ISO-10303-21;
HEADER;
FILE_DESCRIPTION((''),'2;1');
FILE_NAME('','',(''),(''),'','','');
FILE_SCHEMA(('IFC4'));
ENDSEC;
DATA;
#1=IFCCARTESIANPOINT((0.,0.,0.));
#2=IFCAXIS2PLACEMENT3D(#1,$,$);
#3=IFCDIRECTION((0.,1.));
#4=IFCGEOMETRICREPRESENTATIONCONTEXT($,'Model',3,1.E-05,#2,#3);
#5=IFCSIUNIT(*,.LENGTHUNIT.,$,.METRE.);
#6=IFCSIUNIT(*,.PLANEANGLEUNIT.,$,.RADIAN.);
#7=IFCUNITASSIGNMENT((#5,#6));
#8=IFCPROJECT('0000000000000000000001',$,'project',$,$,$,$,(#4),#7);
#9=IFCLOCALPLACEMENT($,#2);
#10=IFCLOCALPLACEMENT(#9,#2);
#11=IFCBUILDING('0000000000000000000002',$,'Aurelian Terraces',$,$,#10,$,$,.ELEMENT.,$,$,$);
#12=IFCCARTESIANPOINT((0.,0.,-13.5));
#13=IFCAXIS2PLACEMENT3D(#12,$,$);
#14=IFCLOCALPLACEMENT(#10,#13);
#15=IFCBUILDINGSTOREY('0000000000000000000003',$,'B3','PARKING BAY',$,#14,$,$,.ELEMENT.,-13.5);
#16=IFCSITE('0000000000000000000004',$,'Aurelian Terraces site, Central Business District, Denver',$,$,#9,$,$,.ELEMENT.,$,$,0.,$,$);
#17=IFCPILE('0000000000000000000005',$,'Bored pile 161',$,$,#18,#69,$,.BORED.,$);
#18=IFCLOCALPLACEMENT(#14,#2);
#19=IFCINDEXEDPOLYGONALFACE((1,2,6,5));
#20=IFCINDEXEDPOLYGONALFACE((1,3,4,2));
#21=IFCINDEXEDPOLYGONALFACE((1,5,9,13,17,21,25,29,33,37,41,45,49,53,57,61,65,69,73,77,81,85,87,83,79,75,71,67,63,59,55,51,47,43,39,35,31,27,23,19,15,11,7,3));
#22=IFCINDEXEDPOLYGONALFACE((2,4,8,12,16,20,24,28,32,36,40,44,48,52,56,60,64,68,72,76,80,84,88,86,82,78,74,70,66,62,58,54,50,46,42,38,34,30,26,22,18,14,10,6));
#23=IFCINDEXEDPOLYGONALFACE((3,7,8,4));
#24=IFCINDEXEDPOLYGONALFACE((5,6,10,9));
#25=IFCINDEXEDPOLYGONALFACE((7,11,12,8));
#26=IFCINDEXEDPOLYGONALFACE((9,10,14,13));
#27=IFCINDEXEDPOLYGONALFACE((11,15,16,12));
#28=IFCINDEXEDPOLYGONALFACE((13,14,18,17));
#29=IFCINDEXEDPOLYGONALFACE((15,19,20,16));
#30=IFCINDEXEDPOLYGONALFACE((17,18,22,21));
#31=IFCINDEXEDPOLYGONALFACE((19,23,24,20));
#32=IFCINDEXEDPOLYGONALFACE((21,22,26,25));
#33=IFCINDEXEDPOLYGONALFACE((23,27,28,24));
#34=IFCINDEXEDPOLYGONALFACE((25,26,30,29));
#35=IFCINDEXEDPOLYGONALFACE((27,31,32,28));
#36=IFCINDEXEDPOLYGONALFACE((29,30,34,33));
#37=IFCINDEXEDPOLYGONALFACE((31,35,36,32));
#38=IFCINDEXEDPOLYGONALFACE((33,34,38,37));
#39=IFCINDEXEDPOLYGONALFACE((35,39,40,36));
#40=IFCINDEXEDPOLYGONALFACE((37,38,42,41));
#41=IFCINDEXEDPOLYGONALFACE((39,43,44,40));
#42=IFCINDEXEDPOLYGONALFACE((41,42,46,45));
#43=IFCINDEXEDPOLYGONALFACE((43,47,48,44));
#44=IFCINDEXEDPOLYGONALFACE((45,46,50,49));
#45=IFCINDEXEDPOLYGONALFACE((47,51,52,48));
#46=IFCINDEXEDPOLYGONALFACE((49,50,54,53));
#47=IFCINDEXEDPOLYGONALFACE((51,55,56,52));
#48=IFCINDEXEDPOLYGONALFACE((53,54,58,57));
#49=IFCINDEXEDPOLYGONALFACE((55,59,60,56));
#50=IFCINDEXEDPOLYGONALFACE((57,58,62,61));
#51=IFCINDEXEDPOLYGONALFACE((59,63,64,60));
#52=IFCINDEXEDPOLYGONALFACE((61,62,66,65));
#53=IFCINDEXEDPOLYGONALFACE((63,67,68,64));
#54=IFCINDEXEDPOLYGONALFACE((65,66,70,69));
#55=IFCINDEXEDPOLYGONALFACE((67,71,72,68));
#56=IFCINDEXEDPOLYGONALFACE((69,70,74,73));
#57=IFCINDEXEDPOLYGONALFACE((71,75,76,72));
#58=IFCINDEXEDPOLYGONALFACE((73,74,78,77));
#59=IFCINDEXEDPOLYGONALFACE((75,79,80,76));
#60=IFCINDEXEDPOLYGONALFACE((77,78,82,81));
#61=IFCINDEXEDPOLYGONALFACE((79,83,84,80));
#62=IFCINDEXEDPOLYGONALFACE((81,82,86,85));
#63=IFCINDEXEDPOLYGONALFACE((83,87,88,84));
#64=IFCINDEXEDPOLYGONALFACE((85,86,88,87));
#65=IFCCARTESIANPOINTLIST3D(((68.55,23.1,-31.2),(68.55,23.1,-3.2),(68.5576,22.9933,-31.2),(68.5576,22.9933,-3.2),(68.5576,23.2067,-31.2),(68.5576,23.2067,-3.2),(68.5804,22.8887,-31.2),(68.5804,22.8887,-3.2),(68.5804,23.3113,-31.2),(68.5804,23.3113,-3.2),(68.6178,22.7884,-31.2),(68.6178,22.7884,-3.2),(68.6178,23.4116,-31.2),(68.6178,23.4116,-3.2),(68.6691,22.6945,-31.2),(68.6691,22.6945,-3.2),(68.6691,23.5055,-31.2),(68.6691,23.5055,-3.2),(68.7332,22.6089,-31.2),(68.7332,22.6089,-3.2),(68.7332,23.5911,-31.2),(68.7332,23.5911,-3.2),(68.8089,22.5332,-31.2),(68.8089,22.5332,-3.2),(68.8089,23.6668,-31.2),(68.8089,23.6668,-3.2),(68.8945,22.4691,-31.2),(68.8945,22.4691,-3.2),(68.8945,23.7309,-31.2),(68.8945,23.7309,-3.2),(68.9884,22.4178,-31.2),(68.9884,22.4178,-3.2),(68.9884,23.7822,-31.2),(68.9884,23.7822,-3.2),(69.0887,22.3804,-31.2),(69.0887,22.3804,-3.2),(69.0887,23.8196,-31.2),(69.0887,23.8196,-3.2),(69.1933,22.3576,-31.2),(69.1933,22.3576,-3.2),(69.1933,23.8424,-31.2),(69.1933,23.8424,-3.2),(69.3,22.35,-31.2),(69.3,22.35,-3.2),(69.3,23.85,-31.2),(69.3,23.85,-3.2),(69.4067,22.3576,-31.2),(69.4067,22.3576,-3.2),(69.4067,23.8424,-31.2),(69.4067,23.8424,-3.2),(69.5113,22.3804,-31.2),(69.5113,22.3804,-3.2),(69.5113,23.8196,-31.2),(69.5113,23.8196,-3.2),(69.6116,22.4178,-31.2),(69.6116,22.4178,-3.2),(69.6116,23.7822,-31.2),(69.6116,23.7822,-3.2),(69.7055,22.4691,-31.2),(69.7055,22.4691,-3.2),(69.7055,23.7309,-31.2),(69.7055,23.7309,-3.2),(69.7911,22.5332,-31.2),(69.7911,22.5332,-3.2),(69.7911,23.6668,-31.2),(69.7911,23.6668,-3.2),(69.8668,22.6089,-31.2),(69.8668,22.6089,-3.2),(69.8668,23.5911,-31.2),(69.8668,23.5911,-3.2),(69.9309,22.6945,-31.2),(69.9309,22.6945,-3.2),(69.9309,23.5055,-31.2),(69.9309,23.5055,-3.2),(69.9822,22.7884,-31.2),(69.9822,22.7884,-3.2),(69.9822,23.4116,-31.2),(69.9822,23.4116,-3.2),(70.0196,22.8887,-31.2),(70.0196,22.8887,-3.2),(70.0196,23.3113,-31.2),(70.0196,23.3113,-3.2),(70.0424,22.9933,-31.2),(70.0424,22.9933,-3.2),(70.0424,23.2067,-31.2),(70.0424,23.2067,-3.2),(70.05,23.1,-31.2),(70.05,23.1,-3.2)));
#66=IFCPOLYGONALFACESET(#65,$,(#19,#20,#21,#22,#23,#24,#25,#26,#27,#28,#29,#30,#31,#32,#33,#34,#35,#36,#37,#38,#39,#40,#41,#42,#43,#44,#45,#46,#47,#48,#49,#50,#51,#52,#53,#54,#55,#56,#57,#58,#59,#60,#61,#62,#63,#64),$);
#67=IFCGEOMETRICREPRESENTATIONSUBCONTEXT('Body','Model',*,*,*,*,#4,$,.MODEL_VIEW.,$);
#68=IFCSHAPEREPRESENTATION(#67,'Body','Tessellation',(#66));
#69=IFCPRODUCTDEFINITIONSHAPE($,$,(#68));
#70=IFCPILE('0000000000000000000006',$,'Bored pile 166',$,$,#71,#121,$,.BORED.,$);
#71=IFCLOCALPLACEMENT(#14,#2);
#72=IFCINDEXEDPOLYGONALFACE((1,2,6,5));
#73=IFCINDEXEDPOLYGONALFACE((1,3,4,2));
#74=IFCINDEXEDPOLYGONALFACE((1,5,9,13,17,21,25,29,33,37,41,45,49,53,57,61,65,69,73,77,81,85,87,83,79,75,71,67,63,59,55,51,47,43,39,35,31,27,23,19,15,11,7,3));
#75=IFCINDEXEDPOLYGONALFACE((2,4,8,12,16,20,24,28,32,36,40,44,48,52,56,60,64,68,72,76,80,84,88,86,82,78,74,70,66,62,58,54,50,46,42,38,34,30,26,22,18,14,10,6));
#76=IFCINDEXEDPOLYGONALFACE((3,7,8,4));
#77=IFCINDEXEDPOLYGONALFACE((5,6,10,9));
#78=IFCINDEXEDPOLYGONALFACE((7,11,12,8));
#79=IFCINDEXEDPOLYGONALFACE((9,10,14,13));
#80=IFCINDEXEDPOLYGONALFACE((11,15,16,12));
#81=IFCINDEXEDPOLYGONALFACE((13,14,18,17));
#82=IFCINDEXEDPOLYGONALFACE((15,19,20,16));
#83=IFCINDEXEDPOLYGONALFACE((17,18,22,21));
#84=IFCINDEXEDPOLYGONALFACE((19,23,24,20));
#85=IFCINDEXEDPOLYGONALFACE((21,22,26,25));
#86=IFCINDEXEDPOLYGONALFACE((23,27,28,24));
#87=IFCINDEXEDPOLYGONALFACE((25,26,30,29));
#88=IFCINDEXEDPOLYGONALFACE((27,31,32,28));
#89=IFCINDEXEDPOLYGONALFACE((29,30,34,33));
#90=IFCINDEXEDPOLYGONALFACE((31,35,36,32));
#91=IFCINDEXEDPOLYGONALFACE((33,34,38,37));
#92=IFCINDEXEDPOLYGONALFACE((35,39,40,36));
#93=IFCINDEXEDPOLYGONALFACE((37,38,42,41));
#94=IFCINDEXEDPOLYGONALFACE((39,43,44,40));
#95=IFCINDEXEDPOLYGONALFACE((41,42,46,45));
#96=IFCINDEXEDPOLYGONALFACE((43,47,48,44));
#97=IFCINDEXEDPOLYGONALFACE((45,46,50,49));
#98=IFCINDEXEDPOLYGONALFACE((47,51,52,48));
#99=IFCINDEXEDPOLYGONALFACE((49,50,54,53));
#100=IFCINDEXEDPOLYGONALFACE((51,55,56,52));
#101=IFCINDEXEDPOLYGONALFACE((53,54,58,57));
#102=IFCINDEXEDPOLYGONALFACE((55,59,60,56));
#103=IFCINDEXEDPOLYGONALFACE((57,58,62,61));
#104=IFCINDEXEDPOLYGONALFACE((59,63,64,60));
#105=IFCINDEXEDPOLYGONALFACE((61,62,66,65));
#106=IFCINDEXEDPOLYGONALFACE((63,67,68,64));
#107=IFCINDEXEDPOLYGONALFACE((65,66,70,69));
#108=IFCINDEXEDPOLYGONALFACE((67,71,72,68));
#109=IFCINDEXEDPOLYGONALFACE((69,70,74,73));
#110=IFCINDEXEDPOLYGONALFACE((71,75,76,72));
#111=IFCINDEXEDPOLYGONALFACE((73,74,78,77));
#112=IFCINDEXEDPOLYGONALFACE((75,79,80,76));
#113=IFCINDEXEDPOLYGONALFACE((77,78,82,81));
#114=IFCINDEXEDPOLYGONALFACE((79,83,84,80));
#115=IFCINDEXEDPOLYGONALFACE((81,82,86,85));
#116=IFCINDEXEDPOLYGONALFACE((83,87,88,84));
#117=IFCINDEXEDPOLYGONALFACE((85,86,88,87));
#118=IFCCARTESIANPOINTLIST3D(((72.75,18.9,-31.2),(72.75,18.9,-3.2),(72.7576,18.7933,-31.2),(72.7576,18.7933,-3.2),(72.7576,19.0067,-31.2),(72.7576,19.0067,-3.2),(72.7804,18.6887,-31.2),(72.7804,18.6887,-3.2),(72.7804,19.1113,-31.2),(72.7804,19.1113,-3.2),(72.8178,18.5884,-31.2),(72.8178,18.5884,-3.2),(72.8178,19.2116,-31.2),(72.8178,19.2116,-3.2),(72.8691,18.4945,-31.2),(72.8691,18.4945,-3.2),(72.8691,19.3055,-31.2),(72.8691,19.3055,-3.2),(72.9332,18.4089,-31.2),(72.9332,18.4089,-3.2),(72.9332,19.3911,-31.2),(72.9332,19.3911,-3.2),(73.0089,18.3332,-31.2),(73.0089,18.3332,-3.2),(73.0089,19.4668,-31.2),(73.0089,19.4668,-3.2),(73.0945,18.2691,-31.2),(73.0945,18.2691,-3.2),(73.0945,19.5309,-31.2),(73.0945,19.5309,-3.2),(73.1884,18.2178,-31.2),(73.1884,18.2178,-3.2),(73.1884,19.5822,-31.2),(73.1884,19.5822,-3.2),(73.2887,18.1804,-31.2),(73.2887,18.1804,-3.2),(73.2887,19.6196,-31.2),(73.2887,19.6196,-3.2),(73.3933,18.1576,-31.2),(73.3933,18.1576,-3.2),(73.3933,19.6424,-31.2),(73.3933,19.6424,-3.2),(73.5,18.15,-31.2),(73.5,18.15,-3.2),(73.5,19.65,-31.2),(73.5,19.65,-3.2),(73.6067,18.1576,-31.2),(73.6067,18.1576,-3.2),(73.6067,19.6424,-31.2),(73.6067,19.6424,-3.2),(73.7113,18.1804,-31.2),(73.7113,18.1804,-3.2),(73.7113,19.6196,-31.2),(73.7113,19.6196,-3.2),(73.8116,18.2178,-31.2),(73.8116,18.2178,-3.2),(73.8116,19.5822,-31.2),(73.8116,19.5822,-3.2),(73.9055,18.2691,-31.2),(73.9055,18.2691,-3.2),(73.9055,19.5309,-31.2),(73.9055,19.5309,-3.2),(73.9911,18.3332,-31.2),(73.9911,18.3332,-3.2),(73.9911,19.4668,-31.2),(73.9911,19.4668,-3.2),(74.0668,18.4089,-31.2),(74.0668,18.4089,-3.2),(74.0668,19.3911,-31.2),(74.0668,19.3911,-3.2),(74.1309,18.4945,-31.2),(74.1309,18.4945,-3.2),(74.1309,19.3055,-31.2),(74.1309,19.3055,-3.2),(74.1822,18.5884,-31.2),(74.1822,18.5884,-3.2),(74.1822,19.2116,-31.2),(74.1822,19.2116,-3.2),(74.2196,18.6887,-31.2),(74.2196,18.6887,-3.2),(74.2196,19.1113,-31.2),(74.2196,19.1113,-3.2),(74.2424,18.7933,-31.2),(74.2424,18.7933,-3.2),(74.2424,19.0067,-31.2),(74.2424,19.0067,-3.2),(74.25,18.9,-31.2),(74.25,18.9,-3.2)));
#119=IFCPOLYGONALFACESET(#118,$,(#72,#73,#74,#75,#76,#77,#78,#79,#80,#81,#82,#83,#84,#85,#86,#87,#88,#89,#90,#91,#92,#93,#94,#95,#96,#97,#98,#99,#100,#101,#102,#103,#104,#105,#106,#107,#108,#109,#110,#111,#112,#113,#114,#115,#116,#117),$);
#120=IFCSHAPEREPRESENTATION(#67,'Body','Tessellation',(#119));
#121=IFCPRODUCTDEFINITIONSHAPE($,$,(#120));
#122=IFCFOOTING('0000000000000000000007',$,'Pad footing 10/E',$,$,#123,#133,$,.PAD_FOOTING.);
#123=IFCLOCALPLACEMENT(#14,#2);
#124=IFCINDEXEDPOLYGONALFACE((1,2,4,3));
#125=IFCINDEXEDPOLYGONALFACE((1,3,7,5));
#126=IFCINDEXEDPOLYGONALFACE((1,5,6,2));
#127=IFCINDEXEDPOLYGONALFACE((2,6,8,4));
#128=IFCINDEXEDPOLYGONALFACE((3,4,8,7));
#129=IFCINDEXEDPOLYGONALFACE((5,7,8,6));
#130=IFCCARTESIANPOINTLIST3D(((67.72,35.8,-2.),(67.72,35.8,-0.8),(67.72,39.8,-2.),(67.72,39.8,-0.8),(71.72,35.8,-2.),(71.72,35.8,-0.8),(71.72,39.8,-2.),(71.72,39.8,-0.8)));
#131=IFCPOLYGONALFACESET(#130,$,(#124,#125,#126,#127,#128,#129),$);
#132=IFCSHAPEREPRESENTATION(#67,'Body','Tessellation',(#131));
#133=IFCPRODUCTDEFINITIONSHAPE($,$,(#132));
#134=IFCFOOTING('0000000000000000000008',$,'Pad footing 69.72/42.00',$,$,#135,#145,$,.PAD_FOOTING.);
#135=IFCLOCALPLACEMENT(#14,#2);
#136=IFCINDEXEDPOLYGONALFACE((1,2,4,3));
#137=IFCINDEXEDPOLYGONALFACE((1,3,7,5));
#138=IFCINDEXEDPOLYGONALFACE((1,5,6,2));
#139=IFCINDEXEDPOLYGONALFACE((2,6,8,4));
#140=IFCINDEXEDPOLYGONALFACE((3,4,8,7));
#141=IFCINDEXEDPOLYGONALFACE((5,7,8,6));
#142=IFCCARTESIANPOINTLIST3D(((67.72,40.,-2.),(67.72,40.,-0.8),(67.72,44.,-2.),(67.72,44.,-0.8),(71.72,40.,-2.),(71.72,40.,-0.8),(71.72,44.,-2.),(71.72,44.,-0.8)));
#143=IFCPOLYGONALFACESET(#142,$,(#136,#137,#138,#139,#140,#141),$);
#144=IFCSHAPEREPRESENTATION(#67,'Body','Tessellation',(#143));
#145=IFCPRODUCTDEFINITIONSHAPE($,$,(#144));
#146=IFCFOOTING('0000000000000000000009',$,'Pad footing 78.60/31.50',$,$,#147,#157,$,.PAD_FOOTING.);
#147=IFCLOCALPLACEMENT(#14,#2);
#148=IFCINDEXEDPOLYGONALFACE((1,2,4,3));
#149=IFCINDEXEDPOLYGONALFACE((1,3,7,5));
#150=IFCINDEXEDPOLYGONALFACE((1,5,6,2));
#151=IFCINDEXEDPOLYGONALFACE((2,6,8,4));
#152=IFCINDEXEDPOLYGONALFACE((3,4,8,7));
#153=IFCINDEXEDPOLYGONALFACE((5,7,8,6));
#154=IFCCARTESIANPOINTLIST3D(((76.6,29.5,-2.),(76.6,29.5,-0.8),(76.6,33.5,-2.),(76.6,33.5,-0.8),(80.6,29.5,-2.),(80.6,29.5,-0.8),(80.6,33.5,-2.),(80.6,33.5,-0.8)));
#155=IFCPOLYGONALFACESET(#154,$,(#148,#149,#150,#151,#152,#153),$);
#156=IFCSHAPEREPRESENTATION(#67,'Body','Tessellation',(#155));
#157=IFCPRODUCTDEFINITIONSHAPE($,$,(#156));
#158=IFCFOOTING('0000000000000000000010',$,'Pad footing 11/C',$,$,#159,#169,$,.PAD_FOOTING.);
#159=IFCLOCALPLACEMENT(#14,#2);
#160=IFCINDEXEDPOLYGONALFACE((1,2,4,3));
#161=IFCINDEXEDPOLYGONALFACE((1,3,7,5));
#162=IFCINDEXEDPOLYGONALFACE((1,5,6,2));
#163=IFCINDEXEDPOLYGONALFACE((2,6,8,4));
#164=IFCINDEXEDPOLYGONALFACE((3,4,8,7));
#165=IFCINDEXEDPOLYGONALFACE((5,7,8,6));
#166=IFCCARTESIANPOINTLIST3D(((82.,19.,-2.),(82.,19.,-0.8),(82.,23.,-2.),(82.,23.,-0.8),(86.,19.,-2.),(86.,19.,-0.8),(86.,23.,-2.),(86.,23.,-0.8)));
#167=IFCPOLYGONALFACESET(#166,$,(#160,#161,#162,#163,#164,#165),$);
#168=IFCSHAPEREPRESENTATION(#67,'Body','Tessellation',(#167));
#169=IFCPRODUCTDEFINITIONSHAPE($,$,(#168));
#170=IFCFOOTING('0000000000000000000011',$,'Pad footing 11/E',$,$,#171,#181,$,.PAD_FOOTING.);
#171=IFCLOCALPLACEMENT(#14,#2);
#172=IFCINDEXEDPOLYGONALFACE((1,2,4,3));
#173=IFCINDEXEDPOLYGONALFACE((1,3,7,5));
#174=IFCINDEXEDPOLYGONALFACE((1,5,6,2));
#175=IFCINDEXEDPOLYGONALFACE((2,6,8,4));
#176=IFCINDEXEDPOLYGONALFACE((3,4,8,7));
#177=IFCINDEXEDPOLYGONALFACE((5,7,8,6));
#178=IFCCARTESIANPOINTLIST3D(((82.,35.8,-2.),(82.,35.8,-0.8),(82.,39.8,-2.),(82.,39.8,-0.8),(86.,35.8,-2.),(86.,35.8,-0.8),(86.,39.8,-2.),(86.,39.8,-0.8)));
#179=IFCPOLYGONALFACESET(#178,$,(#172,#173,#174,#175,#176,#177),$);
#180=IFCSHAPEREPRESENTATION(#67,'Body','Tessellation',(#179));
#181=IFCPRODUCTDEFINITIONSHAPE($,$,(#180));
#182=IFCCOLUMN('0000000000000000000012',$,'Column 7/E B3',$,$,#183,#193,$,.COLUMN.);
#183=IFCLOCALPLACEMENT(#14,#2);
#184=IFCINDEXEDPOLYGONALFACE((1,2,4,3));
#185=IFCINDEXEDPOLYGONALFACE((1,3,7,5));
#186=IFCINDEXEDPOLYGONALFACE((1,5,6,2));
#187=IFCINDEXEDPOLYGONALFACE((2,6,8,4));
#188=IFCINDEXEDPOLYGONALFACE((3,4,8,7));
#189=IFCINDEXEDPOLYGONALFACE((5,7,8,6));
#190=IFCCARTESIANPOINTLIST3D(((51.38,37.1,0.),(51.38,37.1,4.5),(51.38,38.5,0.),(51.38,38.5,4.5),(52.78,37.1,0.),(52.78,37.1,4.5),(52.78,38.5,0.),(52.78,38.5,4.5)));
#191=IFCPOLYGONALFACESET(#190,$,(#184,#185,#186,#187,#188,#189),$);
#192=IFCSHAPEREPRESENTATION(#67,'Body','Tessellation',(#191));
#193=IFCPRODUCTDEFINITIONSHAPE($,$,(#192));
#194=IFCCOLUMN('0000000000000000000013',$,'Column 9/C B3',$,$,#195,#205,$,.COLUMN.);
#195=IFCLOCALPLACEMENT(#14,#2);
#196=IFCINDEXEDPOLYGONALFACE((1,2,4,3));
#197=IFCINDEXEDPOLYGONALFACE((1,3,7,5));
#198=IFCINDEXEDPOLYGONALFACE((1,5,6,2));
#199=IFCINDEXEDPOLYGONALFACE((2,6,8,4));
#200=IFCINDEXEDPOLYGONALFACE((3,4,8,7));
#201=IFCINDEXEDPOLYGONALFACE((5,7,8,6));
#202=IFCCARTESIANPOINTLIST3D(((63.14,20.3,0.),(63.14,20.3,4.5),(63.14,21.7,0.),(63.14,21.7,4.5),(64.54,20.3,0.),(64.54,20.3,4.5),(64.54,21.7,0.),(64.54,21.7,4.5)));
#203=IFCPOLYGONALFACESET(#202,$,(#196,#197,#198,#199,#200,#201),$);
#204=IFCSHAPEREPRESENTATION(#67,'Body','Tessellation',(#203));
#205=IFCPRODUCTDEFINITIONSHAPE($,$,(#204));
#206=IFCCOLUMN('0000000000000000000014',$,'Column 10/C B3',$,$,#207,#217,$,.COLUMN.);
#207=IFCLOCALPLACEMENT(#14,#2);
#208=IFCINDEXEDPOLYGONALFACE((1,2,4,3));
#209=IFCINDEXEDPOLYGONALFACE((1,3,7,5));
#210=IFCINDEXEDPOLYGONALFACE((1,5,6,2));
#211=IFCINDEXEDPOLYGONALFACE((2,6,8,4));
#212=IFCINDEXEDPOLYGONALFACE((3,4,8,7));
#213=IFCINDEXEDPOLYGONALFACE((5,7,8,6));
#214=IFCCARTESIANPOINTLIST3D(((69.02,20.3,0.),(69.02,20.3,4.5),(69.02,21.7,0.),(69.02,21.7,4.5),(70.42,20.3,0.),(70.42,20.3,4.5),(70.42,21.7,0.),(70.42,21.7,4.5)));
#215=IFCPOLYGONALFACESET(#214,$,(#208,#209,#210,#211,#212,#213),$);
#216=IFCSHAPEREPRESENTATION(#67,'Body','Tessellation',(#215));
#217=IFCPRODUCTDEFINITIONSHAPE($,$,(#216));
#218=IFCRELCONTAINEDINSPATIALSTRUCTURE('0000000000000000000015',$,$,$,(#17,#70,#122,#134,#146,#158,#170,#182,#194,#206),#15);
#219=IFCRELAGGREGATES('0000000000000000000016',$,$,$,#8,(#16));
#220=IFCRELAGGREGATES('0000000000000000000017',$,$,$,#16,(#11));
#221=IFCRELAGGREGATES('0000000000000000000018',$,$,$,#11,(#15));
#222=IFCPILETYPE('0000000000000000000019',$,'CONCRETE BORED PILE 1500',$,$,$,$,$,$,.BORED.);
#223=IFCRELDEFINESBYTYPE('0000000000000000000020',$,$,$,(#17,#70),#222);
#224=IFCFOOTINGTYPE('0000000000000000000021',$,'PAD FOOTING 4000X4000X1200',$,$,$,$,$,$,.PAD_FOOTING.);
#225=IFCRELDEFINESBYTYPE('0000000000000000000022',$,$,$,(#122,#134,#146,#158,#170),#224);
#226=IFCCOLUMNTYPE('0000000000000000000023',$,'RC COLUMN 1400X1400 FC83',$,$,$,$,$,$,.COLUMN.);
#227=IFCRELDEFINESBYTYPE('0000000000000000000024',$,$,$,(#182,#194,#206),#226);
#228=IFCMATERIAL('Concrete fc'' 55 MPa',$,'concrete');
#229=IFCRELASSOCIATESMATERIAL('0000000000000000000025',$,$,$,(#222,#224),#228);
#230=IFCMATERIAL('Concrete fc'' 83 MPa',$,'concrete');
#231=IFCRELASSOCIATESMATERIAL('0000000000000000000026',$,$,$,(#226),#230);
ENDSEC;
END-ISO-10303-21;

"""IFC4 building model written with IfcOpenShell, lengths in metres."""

from ifc_helpers import new_model, si_unit, direction, frame, origin, origin_2d, place, context, subcontext, project, spatial, rectangle, circle, extrude, source, transform, mapped, material, material_profile, profile_set, type_object, element, save


model = new_model("IFC4")

# Units and contexts
model_context = context("Model", 3, precision=1e-05, world=origin(), true_north=direction((0.0, 1.0)))
body_context = subcontext(model_context, "Body", "Model", "MODEL_VIEW")
ifc_project = project(units=[si_unit("LENGTHUNIT", "METRE"), si_unit("PLANEANGLEUNIT", "RADIAN")], contexts=[model_context])

# Site, building, storey
site_placement = place(None, origin())
site = spatial("IfcSite", under=ifc_project, at=site_placement, Name="Aurelian Terraces site, Central Business District, Denver", CompositionType="ELEMENT", RefElevation=0.0)
building_placement = place(site_placement, origin())
building = spatial("IfcBuilding", under=site, at=building_placement, Name="Aurelian Terraces", CompositionType="ELEMENT")
storey_placement = place(building_placement, frame((0.0, 0.0, -13.5)))
storey = spatial("IfcBuildingStorey", under=building, at=storey_placement, Name="B3", Description="PARKING BAY", CompositionType="ELEMENT", Elevation=-13.5)

# Piles
ifc_material_1 = material(Name="Concrete fc' 55 MPa", Category="concrete")
ifc_material_profile_1 = material_profile(ifc_material_1, circle(Radius=0.75, at=origin_2d()))
ifc_profile_set_1 = profile_set([ifc_material_profile_1], Name="Concrete fc' 55 MPa")
pile_type = type_object("IfcPileType", Name="CONCRETE BORED PILE 1500", PredefinedType="BORED", material=ifc_profile_set_1)
shared_shape_1 = source(origin(), body_context, "Body", "SweptSolid", [
    extrude(circle(Radius=0.75, at=origin_2d()), origin(), (0.0, 0.0, 1.0), 28.0),
])
for number, where, z_axis, x_axis, name in (
    (1, (69.3, 23.1, -3.2), (0.0, 0.0, -1.0), (1.0, 0.0, 0.0), "Bored pile 161"),
    (2, (73.5, 18.9, -3.2), (0.0, 0.0, -1.0), (1.0, 0.0, 0.0), "Bored pile 166"),
):
    element("IfcPile", number, at=place(storey_placement, frame(where, z_axis=z_axis, x_axis=x_axis)), inside=storey, type_object=pile_type, Name=name, PredefinedType="BORED", context=body_context, shape_type="MappedRepresentation", body=[
        mapped(shared_shape_1, transform((0.0, 0.0, 0.0), scale=1.0)),
    ])

# Footings
footing_type = type_object("IfcFootingType", Name="PAD FOOTING 4000X4000X1200", PredefinedType="PAD_FOOTING", material=ifc_material_1)
shared_shape_2 = source(origin(), body_context, "Body", "SweptSolid", [
    extrude(rectangle(XDim=4.0, YDim=4.0, at=origin_2d()), origin(), (0.0, 0.0, 1.0), 1.2),
])
for number, where, z_axis, x_axis, name in (
    (3, (69.72, 37.8, -2.0), (0.0, 0.0, 1.0), (1.0, 0.0, 0.0), "Pad footing 10/E"),
    (4, (69.72, 42.0, -2.0), (0.0, 0.0, 1.0), (1.0, 0.0, 0.0), "Pad footing 69.72/42.00"),
    (5, (78.6, 31.5, -2.0), (0.0, 0.0, 1.0), (1.0, 0.0, 0.0), "Pad footing 78.60/31.50"),
    (6, (84.0, 21.0, -2.0), (0.0, 0.0, 1.0), (1.0, 0.0, 0.0), "Pad footing 11/C"),
    (7, (84.0, 37.8, -2.0), (0.0, 0.0, 1.0), (1.0, 0.0, 0.0), "Pad footing 11/E"),
):
    element("IfcFooting", number, at=place(storey_placement, frame(where, z_axis=z_axis, x_axis=x_axis)), inside=storey, type_object=footing_type, Name=name, PredefinedType="PAD_FOOTING", context=body_context, shape_type="MappedRepresentation", body=[
        mapped(shared_shape_2, transform((0.0, 0.0, 0.0), scale=1.0)),
    ])

# Columns
ifc_material_2 = material(Name="Concrete fc' 83 MPa", Category="concrete")
ifc_material_profile_2 = material_profile(ifc_material_2, rectangle(XDim=1.4, YDim=1.4, at=origin_2d()))
ifc_profile_set_2 = profile_set([ifc_material_profile_2], Name="Concrete fc' 83 MPa")
column_type = type_object("IfcColumnType", Name="RC COLUMN 1400X1400 FC83", PredefinedType="COLUMN", material=ifc_profile_set_2)
shared_shape_3 = source(origin(), body_context, "Body", "SweptSolid", [
    extrude(rectangle(XDim=1.4, YDim=1.4, at=origin_2d()), origin(), (0.0, 0.0, 1.0), 4.5),
])
for number, where, z_axis, x_axis, name in (
    (8, (52.08, 37.8, 0.0), (0.0, 0.0, 1.0), (1.0, 0.0, 0.0), "Column 7/E B3"),
    (9, (63.84, 21.0, 0.0), (0.0, 0.0, 1.0), (1.0, 0.0, 0.0), "Column 9/C B3"),
    (10, (69.72, 21.0, 0.0), (0.0, 0.0, 1.0), (1.0, 0.0, 0.0), "Column 10/C B3"),
):
    element("IfcColumn", number, at=place(storey_placement, frame(where, z_axis=z_axis, x_axis=x_axis)), inside=storey, type_object=column_type, Name=name, PredefinedType="COLUMN", context=body_context, shape_type="MappedRepresentation", body=[
        mapped(shared_shape_3, transform((0.0, 0.0, 0.0), scale=1.0)),
    ])

save(model, "model.ifc")
